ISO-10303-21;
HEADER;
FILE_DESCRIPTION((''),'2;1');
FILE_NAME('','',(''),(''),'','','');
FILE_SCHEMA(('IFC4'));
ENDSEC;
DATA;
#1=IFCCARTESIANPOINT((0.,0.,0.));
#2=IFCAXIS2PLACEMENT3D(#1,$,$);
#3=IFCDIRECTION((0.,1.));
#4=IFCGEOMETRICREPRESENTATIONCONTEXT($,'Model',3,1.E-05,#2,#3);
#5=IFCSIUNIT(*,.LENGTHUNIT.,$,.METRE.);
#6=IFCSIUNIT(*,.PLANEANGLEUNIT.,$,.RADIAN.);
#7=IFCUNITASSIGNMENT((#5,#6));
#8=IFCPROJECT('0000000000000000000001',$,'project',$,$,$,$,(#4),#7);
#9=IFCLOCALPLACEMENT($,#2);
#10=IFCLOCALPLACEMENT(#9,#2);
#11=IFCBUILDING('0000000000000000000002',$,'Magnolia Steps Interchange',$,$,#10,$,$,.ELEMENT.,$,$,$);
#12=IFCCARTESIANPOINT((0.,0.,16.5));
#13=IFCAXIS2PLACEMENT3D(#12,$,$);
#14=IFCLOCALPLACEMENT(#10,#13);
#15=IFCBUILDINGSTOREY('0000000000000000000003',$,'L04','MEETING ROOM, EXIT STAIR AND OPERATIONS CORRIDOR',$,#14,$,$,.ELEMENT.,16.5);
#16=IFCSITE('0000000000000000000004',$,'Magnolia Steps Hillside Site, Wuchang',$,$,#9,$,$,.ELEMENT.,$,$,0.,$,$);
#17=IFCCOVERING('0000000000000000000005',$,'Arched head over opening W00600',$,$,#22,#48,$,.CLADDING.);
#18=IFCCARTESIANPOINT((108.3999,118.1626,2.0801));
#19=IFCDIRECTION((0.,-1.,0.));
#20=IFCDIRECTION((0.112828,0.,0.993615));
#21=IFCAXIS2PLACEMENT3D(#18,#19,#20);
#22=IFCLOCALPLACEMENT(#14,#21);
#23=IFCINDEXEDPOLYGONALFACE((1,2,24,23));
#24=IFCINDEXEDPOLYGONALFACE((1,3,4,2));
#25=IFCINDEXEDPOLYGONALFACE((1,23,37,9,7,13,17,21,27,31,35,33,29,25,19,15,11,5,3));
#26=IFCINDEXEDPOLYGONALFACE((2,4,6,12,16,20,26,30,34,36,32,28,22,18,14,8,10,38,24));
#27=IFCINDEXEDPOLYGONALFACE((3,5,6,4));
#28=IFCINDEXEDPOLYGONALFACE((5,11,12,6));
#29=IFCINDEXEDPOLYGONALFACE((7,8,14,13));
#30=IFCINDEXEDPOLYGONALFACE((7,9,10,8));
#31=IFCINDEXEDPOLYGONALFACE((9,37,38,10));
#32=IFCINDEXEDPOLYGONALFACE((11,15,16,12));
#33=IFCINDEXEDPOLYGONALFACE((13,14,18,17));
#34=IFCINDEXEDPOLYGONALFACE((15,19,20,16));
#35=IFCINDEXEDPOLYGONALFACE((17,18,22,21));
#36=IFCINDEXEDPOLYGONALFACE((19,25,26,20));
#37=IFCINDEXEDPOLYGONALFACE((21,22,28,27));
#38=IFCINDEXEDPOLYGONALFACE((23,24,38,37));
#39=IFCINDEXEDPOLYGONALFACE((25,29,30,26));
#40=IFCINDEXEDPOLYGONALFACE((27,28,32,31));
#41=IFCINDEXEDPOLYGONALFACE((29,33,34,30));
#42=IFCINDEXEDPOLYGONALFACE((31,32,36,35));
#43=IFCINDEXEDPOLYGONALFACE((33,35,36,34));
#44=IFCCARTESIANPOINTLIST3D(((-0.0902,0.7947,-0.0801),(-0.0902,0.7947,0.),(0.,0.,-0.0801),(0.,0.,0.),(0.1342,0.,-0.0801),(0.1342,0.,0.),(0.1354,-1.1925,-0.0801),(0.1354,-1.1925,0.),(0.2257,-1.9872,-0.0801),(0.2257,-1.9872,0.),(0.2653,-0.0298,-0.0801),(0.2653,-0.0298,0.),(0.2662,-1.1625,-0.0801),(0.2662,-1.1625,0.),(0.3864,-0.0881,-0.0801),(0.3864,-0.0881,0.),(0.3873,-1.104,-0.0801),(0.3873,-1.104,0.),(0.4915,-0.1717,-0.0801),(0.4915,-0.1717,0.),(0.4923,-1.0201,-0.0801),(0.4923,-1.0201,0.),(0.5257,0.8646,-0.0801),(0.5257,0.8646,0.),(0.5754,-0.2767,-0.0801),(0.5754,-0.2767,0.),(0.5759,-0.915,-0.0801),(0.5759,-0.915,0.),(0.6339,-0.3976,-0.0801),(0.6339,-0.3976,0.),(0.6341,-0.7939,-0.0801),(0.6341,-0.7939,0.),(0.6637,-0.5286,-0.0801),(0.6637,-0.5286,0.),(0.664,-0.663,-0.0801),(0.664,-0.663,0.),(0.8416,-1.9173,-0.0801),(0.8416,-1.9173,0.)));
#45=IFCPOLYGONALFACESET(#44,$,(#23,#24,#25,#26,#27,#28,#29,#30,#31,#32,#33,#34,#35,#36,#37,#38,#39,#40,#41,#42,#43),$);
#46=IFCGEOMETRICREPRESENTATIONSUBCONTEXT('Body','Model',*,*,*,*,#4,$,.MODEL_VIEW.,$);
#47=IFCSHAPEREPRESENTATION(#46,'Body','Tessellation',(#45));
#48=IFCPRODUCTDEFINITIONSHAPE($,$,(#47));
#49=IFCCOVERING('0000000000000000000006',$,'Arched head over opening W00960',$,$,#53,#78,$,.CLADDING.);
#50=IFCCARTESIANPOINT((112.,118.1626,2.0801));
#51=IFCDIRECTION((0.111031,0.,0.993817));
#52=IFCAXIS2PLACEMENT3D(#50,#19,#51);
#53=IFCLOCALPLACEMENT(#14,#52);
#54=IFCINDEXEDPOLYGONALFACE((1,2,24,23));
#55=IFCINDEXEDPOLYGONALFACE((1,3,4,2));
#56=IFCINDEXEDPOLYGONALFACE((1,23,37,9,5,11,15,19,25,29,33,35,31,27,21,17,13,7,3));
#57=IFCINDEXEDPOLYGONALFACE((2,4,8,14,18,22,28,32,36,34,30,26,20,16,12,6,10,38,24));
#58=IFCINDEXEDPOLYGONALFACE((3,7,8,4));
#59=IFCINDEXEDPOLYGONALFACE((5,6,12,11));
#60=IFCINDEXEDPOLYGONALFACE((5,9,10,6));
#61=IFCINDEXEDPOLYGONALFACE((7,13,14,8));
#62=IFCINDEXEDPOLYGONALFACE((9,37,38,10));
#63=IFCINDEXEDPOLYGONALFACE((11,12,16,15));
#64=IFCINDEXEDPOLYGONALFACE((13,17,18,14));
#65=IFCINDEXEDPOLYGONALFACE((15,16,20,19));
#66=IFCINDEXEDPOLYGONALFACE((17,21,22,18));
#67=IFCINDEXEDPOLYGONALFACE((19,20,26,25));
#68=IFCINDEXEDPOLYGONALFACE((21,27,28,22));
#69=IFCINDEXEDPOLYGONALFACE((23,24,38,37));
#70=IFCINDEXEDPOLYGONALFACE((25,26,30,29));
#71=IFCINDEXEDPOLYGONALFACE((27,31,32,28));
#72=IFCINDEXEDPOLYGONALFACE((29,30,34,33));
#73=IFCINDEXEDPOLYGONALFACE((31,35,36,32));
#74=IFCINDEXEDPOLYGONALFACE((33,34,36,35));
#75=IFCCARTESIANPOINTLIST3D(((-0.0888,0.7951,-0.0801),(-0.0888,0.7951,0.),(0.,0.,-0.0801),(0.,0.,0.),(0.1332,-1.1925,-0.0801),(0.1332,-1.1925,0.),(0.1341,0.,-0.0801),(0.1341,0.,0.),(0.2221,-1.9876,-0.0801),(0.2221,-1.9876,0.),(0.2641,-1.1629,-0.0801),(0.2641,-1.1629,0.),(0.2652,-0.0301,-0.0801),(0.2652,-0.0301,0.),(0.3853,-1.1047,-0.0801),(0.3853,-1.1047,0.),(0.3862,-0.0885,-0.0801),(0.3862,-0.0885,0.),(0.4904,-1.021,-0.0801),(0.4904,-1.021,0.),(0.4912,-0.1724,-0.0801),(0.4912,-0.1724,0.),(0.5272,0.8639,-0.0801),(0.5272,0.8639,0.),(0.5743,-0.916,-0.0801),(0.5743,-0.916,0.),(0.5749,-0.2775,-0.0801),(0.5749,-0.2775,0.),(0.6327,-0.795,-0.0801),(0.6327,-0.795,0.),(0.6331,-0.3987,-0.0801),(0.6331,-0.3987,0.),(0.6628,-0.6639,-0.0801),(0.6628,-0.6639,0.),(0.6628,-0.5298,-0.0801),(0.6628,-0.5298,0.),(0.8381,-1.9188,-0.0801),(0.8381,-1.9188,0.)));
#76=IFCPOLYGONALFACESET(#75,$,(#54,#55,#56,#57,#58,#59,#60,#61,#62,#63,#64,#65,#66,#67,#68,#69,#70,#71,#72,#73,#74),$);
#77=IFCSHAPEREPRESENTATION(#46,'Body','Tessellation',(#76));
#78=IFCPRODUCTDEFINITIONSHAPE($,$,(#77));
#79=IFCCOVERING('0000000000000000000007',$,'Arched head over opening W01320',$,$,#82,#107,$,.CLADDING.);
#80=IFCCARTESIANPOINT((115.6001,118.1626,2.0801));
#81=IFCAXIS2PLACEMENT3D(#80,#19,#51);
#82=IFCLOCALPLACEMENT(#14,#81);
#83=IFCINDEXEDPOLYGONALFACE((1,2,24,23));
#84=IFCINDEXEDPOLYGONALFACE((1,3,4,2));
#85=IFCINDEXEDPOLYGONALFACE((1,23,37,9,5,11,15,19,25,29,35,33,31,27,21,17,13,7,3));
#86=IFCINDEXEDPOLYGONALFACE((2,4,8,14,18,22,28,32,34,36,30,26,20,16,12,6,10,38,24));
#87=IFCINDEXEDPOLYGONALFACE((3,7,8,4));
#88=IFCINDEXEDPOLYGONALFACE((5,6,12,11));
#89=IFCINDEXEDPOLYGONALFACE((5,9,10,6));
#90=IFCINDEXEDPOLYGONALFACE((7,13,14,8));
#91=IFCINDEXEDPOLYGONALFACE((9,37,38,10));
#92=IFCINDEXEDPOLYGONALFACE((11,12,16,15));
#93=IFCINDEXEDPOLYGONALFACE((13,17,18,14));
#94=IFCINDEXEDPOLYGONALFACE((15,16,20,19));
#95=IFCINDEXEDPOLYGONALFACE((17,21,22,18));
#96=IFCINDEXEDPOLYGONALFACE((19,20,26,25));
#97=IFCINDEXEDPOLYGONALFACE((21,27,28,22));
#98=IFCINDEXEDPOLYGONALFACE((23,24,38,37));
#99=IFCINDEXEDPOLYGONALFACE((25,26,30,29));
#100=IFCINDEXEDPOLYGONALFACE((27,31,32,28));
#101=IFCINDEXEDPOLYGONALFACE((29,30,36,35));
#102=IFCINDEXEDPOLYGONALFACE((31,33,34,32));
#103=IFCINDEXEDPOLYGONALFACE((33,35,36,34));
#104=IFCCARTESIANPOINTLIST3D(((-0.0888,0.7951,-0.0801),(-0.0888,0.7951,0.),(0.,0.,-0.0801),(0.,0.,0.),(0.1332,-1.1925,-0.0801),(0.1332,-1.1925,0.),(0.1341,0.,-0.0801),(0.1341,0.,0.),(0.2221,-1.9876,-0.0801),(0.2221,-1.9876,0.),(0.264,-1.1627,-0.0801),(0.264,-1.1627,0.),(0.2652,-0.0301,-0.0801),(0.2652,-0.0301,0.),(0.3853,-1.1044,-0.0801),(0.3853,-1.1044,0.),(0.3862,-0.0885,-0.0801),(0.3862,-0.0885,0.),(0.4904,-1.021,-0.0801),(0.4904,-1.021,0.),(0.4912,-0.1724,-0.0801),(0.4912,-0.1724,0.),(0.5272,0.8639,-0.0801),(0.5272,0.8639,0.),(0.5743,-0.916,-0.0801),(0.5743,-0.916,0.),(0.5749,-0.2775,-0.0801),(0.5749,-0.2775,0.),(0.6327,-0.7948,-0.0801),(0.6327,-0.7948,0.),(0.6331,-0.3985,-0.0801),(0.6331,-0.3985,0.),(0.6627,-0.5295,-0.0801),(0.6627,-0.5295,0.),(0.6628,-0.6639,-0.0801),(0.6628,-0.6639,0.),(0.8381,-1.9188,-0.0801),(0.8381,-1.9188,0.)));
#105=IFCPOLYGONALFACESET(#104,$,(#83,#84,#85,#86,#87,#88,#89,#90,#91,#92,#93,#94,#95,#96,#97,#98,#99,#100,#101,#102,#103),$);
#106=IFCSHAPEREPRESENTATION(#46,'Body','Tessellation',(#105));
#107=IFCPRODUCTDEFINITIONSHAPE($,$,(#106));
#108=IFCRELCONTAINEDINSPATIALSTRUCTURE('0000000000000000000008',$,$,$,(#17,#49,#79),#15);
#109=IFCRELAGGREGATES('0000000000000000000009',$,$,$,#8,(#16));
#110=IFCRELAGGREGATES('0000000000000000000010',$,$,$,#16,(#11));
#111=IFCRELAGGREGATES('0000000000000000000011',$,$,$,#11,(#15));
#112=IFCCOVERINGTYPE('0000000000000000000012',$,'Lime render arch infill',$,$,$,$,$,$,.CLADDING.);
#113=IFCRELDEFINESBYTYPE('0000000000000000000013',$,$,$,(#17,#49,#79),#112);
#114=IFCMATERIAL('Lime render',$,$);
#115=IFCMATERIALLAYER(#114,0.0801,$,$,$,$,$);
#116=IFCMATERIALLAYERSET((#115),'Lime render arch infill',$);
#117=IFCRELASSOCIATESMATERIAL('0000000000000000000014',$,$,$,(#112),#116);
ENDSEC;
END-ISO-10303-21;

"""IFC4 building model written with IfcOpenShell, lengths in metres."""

from ifc_helpers import new_model, si_unit, direction, frame, origin, place, context, subcontext, project, spatial, polyline, outline, extrude, material, layer, layer_set, type_object, element, save


model = new_model("IFC4")

# Units and contexts
model_context = context("Model", 3, precision=1e-05, world=origin(), true_north=direction((0.0, 1.0)))
body_context = subcontext(model_context, "Body", "Model", "MODEL_VIEW")
ifc_project = project(units=[si_unit("LENGTHUNIT", "METRE"), si_unit("PLANEANGLEUNIT", "RADIAN")], contexts=[model_context])

# Site, building, storey
site_placement = place(None, origin())
site = spatial("IfcSite", under=ifc_project, at=site_placement, Name="Magnolia Steps Hillside Site, Wuchang", CompositionType="ELEMENT", RefElevation=0.0)
building_placement = place(site_placement, origin())
building = spatial("IfcBuilding", under=site, at=building_placement, Name="Magnolia Steps Interchange", CompositionType="ELEMENT")
storey_placement = place(building_placement, frame((0.0, 0.0, 16.5)))
storey = spatial("IfcBuildingStorey", under=building, at=storey_placement, Name="L04", Description="MEETING ROOM, EXIT STAIR AND OPERATIONS CORRIDOR", CompositionType="ELEMENT", Elevation=16.5)

# Coverings
ifc_material_1 = material(Name="Lime render")
ifc_layer_1 = layer(ifc_material_1, 0.0801)
ifc_layer_set_1 = layer_set([ifc_layer_1], Name="Lime render arch infill")
covering_type_1 = type_object("IfcCoveringType", Name="Lime render arch infill", PredefinedType="CLADDING", material=ifc_layer_set_1)
covering_1_placement = place(storey_placement, frame((108.3999, 118.1626, 2.0801), z_axis=(0.0, -1.0, 0.0), x_axis=(0.112828, 0.0, 0.993615)))
element("IfcCovering", 1, at=covering_1_placement, inside=storey, type_object=covering_type_1, Name="Arched head over opening W00600", PredefinedType="CLADDING", context=body_context, shape_type="SweptSolid", body=[
    extrude(outline(polyline([(0.0, 0.0), (0.1342, 0.0), (0.2653, -0.0298), (0.3864, -0.0881), (0.4915, -0.1717), (0.5754, -0.2767), (0.6339, -0.3976), (0.6637, -0.5286), (0.664, -0.663), (0.6341, -0.7939), (0.5759, -0.915), (0.4923, -1.0201), (0.3873, -1.104), (0.2662, -1.1625), (0.1354, -1.1925), (0.2257, -1.9872), (0.8416, -1.9173), (0.5257, 0.8646), (-0.0902, 0.7947), (0.0, 0.0)])), origin(), (0.0, 0.0, -1.0), 0.0801),
])
covering_2_placement = place(storey_placement, frame((112.0, 118.1626, 2.0801), z_axis=(0.0, -1.0, 0.0), x_axis=(0.111031, 0.0, 0.993817)))
element("IfcCovering", 2, at=covering_2_placement, inside=storey, type_object=covering_type_1, Name="Arched head over opening W00960", PredefinedType="CLADDING", context=body_context, shape_type="SweptSolid", body=[
    extrude(outline(polyline([(0.0, 0.0), (0.1341, 0.0), (0.2652, -0.0301), (0.3862, -0.0885), (0.4912, -0.1724), (0.5749, -0.2775), (0.6331, -0.3987), (0.6628, -0.5298), (0.6628, -0.6639), (0.6327, -0.795), (0.5743, -0.916), (0.4904, -1.021), (0.3853, -1.1047), (0.2641, -1.1629), (0.1332, -1.1925), (0.2221, -1.9876), (0.8381, -1.9188), (0.5272, 0.8639), (-0.0888, 0.7951), (0.0, 0.0)])), origin(), (0.0, 0.0, -1.0), 0.0801),
])
covering_3_placement = place(storey_placement, frame((115.6001, 118.1626, 2.0801), z_axis=(0.0, -1.0, 0.0), x_axis=(0.111031, 0.0, 0.993817)))
element("IfcCovering", 3, at=covering_3_placement, inside=storey, type_object=covering_type_1, Name="Arched head over opening W01320", PredefinedType="CLADDING", context=body_context, shape_type="SweptSolid", body=[
    extrude(outline(polyline([(0.0, 0.0), (0.1341, 0.0), (0.2652, -0.0301), (0.3862, -0.0885), (0.4912, -0.1724), (0.5749, -0.2775), (0.6331, -0.3985), (0.6627, -0.5295), (0.6628, -0.6639), (0.6327, -0.7948), (0.5743, -0.916), (0.4904, -1.021), (0.3853, -1.1044), (0.264, -1.1627), (0.1332, -1.1925), (0.2221, -1.9876), (0.8381, -1.9188), (0.5272, 0.8639), (-0.0888, 0.7951), (0.0, 0.0)])), origin(), (0.0, 0.0, -1.0), 0.0801),
])

save(model, "model.ifc")
